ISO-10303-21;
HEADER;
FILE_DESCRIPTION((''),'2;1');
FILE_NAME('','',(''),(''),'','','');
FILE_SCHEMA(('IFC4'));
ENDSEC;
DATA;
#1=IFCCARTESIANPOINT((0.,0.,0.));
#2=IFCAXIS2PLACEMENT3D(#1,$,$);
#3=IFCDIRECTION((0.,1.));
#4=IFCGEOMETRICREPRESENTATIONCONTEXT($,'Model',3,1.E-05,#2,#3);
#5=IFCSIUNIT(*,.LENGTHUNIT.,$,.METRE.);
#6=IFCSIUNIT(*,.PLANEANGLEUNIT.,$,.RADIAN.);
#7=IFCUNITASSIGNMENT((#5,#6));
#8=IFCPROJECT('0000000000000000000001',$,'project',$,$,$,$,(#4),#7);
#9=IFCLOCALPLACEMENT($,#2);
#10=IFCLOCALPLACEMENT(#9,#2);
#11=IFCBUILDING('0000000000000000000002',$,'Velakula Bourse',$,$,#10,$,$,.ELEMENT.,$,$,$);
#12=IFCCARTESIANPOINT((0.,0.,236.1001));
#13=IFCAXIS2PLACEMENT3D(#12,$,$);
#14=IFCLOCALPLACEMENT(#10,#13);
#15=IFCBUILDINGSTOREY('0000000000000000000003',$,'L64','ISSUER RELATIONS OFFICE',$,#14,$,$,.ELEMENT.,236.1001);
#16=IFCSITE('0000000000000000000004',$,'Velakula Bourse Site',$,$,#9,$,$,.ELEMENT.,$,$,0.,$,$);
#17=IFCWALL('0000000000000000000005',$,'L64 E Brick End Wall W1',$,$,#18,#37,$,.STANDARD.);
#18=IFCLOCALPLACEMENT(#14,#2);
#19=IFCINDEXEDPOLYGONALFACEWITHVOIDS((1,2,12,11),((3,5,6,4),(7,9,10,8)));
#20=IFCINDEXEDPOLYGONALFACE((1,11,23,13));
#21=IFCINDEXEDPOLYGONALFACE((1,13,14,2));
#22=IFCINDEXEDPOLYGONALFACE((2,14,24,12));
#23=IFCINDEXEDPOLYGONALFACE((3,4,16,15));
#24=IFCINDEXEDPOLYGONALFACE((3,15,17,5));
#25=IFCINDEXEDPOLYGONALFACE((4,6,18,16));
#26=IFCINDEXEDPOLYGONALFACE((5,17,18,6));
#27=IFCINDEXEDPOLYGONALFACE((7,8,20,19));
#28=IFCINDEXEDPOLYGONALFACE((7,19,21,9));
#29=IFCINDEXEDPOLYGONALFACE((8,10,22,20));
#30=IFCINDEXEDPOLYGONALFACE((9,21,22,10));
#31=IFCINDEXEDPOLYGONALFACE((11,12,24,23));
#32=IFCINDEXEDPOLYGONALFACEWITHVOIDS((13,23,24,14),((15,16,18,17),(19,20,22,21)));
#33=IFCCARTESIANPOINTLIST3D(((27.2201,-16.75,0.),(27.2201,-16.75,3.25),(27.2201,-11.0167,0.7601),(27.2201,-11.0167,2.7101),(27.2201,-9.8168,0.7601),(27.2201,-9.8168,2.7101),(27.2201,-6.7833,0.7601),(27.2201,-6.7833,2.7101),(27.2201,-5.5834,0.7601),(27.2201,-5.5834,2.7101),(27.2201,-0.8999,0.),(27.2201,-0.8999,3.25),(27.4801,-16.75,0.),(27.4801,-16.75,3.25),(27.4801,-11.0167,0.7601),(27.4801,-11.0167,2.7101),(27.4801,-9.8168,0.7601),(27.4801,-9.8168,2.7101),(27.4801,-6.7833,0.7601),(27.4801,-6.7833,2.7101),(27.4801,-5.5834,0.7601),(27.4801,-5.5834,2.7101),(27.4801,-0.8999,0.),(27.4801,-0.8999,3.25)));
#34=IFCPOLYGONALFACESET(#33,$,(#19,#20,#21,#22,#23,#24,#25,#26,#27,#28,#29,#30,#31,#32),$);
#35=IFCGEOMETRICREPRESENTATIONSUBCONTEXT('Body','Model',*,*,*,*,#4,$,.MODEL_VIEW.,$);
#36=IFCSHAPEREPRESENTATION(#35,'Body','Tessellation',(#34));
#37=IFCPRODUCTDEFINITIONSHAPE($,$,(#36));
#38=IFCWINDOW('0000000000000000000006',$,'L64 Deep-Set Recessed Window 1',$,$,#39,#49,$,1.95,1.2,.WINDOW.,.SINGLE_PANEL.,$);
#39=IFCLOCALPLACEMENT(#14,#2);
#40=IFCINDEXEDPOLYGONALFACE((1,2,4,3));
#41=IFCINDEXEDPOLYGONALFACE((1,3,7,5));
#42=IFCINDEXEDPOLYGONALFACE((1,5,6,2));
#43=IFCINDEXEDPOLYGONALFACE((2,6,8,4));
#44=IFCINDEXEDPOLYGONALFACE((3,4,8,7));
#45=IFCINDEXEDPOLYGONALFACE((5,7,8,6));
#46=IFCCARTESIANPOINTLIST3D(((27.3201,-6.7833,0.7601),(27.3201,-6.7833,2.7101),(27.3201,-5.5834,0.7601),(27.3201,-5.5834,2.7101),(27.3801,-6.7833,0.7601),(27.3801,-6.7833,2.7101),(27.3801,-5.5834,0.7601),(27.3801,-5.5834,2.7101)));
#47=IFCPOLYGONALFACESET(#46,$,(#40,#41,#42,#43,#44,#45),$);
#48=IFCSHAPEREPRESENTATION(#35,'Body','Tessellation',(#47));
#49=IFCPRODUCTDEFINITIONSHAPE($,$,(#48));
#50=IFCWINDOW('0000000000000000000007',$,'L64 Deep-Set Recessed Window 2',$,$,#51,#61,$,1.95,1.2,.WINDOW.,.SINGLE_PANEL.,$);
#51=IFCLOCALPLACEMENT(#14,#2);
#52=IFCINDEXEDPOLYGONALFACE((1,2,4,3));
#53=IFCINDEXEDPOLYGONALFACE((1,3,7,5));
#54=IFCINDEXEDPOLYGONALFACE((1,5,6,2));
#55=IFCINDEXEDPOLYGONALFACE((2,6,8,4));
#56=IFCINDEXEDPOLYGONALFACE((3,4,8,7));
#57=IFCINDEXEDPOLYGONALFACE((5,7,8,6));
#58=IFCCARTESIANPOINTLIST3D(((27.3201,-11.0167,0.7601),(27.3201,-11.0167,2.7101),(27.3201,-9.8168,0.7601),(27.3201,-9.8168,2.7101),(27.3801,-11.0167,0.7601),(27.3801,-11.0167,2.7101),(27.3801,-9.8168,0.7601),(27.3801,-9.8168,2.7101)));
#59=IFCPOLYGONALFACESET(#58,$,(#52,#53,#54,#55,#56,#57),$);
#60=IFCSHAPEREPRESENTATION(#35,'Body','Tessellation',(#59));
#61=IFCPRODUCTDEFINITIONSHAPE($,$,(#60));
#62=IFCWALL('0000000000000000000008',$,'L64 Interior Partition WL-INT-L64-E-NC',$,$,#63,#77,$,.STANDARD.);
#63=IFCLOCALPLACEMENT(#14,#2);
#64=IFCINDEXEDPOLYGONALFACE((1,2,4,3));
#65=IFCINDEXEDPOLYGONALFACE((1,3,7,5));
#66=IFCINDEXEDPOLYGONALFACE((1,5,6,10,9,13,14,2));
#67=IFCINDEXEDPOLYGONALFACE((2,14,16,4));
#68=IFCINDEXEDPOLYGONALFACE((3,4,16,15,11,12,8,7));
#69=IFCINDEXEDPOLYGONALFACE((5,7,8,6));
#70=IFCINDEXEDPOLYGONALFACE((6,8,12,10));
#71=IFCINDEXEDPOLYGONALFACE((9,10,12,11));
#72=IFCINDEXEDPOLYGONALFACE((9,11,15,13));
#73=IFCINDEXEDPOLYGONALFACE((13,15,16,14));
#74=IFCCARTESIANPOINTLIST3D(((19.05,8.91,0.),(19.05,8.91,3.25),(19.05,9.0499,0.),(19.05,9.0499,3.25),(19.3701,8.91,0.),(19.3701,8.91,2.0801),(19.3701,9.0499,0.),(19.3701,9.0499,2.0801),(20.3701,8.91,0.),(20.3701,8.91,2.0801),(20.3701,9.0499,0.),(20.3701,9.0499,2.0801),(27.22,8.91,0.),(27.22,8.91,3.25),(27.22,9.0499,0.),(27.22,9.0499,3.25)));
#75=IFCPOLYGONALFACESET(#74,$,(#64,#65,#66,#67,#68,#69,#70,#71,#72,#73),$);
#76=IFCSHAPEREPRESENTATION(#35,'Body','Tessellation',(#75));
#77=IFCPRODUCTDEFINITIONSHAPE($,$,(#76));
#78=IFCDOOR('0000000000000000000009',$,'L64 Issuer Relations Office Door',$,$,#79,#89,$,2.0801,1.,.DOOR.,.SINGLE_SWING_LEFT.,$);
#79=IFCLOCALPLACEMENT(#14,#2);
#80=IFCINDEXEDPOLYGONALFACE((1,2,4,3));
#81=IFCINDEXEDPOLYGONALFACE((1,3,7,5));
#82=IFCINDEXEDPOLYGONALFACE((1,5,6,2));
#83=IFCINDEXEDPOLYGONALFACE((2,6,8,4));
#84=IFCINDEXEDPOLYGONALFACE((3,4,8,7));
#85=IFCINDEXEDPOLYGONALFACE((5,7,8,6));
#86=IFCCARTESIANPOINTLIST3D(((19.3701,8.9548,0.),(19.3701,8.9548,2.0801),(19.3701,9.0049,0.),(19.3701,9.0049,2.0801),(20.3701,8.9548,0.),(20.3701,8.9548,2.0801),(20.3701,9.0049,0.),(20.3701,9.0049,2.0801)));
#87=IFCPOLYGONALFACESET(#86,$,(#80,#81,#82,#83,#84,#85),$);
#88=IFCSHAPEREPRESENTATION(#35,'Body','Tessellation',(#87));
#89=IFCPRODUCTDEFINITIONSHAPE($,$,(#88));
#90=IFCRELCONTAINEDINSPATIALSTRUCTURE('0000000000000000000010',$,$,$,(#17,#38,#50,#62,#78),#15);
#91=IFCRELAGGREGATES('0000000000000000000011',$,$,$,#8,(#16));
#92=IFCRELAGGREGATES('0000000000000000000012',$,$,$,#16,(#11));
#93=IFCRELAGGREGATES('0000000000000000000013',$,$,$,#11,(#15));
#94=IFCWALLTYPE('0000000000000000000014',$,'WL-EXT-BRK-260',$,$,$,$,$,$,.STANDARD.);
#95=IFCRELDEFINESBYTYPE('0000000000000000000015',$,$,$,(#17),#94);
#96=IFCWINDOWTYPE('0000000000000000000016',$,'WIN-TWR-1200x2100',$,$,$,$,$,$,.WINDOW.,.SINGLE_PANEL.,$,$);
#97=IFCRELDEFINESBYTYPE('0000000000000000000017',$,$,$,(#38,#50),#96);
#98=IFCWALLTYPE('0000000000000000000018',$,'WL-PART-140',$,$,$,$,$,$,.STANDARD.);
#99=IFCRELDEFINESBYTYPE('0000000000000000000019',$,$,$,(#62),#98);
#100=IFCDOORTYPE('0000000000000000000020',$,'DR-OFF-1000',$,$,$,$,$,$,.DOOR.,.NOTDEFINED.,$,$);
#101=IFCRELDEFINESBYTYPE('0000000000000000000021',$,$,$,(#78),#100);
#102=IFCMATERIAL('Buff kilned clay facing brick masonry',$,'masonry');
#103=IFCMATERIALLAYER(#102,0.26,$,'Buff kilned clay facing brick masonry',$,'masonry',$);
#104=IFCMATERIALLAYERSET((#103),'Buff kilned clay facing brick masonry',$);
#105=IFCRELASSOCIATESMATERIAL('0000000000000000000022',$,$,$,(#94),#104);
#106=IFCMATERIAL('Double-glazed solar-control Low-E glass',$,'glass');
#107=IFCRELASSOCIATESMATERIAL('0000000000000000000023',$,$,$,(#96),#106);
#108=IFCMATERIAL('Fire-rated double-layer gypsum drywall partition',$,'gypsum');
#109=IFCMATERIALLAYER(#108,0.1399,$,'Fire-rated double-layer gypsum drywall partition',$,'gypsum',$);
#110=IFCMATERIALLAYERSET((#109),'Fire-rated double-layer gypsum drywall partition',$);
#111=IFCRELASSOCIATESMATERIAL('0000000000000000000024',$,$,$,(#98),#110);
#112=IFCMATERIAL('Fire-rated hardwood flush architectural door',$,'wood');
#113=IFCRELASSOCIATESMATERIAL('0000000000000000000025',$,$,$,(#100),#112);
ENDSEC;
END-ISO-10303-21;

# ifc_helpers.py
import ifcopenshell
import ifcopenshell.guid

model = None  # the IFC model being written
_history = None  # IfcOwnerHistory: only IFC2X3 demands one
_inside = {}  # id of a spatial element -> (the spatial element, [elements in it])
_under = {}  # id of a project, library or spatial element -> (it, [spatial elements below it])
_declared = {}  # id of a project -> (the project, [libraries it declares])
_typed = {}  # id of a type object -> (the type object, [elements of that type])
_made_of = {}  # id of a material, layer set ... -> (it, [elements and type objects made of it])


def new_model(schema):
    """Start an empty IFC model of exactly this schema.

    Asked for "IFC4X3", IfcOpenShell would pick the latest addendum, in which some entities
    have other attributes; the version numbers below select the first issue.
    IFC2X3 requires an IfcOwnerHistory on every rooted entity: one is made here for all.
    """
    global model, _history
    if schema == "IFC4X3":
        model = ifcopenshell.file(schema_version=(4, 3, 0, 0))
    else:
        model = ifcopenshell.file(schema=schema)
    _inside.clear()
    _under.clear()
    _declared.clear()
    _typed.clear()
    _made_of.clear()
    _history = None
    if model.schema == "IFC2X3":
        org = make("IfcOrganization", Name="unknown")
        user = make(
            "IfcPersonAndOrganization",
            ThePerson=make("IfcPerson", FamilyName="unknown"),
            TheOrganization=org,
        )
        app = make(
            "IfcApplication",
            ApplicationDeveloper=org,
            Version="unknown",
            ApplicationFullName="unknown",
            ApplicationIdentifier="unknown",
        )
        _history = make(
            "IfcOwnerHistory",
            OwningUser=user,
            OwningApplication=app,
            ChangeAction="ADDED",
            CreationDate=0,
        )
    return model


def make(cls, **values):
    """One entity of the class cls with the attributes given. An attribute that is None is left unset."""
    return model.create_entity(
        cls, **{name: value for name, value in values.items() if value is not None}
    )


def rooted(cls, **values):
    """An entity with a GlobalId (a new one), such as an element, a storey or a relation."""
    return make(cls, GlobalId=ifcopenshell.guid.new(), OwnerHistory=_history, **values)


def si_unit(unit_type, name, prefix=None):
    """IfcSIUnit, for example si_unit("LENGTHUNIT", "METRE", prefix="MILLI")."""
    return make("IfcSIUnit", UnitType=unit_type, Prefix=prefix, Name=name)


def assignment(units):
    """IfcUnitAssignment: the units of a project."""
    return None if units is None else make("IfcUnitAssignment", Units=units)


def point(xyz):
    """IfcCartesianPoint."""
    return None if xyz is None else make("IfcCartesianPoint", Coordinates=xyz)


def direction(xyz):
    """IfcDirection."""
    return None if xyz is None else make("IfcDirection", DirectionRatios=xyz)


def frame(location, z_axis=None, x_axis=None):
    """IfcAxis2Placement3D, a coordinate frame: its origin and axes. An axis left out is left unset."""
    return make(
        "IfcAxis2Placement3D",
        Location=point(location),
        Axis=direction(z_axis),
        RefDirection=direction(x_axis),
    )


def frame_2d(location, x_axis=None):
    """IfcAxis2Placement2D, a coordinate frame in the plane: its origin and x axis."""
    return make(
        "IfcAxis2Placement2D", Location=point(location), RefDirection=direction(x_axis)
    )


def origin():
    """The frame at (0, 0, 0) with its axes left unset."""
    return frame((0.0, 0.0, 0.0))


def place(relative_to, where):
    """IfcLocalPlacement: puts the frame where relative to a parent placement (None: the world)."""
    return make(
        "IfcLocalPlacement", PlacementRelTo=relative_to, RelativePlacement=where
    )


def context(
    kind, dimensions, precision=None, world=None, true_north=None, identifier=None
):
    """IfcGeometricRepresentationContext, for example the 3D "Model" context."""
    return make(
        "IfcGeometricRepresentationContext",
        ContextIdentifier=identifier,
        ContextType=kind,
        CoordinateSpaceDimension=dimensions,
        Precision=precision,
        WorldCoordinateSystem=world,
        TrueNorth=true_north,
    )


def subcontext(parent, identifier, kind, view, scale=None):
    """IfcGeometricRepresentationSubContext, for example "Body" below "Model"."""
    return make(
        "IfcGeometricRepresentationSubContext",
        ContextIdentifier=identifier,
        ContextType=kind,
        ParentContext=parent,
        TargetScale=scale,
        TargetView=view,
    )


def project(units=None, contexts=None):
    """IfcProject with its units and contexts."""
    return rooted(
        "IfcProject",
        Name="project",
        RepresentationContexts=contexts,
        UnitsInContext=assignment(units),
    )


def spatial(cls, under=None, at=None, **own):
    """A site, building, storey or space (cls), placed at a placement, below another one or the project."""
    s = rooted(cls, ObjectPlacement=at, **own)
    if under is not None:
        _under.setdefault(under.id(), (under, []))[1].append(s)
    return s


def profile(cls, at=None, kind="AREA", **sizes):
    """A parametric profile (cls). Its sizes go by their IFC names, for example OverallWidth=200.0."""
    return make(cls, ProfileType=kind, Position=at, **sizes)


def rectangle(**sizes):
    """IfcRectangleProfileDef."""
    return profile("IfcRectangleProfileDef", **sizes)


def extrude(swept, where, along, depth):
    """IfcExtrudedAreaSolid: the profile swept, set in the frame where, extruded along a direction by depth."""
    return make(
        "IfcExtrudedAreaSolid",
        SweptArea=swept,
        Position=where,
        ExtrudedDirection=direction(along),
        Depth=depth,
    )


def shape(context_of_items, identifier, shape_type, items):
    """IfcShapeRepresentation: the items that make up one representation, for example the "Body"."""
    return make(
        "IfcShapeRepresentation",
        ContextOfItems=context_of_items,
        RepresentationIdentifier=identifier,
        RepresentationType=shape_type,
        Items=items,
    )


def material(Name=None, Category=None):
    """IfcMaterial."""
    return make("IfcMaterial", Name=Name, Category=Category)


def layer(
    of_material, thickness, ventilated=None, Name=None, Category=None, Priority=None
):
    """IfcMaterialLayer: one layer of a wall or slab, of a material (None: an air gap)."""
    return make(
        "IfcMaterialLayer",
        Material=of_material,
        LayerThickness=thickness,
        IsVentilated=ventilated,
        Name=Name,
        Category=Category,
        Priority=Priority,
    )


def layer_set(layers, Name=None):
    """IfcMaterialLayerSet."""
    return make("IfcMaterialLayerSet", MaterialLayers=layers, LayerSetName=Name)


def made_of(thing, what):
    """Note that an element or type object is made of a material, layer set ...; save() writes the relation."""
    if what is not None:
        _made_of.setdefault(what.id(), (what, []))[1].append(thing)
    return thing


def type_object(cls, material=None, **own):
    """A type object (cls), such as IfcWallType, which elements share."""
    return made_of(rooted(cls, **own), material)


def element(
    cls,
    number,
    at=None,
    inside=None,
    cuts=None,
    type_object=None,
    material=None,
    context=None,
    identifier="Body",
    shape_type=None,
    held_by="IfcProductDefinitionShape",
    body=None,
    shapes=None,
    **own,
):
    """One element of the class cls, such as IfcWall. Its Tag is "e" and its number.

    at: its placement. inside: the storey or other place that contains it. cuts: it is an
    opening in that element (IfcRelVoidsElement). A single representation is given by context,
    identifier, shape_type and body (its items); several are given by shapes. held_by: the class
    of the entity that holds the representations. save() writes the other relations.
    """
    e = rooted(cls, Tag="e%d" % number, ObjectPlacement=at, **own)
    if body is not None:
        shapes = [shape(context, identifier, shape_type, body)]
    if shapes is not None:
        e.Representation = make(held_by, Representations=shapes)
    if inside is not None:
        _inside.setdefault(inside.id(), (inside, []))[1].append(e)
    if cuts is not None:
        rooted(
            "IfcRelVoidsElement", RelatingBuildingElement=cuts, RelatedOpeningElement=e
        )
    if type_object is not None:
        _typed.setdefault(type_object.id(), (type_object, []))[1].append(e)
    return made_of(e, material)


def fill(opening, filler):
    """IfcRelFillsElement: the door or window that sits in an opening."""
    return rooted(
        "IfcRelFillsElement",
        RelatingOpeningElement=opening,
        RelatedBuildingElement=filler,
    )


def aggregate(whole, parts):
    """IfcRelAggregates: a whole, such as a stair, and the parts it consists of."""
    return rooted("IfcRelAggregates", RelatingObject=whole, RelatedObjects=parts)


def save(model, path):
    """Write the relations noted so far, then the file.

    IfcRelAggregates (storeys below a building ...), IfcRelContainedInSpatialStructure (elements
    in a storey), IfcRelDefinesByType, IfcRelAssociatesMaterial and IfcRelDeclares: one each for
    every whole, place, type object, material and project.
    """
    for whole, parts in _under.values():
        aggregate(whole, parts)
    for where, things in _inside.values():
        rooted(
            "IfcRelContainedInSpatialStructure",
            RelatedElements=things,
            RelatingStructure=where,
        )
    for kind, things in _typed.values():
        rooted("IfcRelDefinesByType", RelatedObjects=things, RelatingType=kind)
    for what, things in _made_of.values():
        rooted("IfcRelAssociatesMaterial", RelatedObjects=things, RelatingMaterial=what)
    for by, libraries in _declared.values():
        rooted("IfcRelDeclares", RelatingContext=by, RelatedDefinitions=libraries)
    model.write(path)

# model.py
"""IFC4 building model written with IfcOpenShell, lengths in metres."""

from ifc_helpers import new_model, si_unit, direction, frame, frame_2d, origin, place, context, subcontext, project, spatial, rectangle, extrude, material, layer, layer_set, type_object, element, fill, save


model = new_model("IFC4")

# Units and contexts
model_context = context("Model", 3, precision=1e-05, world=origin(), true_north=direction((0.0, 1.0)))
body_context = subcontext(model_context, "Body", "Model", "MODEL_VIEW")
ifc_project = project(units=[si_unit("LENGTHUNIT", "METRE"), si_unit("PLANEANGLEUNIT", "RADIAN")], contexts=[model_context])

# Site, building, storey
site_placement = place(None, origin())
site = spatial("IfcSite", under=ifc_project, at=site_placement, Name="Velakula Bourse Site", CompositionType="ELEMENT", RefElevation=0.0)
building_placement = place(site_placement, origin())
building = spatial("IfcBuilding", under=site, at=building_placement, Name="Velakula Bourse", CompositionType="ELEMENT")
storey_placement = place(building_placement, frame((0.0, 0.0, 236.1001)))
storey = spatial("IfcBuildingStorey", under=building, at=storey_placement, Name="L64", Description="ISSUER RELATIONS OFFICE", CompositionType="ELEMENT", Elevation=236.1001)

# Wall, openings, windows
ifc_material_1 = material(Name="Buff kilned clay facing brick masonry", Category="masonry")
ifc_layer_1 = layer(ifc_material_1, 0.26, Name="Buff kilned clay facing brick masonry", Category="masonry")
ifc_layer_set_1 = layer_set([ifc_layer_1], Name="Buff kilned clay facing brick masonry")
wall_type_1 = type_object("IfcWallType", Name="WL-EXT-BRK-260", PredefinedType="STANDARD", material=ifc_layer_set_1)
wall_1_placement = place(storey_placement, frame((27.3501, -0.8999, 0.0), z_axis=(0.0, 0.0, 1.0), x_axis=(0.0, -1.0, 0.0)))
wall_1 = element("IfcWall", 1, at=wall_1_placement, inside=storey, type_object=wall_type_1, Name="L64 E Brick End Wall W1", PredefinedType="STANDARD", context=body_context, shape_type="SweptSolid", body=[
    extrude(rectangle(XDim=15.8501, YDim=0.26, at=frame_2d((7.925, 0.0))), origin(), (0.0, 0.0, 1.0), 3.25),
])
opening_1_placement = place(wall_1_placement, frame((4.6833, 0.0, 0.76)))
opening_1 = element("IfcOpeningElement", 2, at=opening_1_placement, cuts=wall_1, PredefinedType="OPENING", context=body_context, shape_type="SweptSolid", body=[
    extrude(rectangle(XDim=1.2, YDim=1.95, at=frame_2d((0.6001, 0.9751))), frame((0.0, 0.1399, 0.0), z_axis=(0.0, -1.0, 0.0), x_axis=(1.0, 0.0, 0.0)), (0.0, 0.0, 1.0), 0.28),
])
opening_2_placement = place(wall_1_placement, frame((8.9167, 0.0, 0.76)))
opening_2 = element("IfcOpeningElement", 3, at=opening_2_placement, cuts=wall_1, PredefinedType="OPENING", context=body_context, shape_type="SweptSolid", body=[
    extrude(rectangle(XDim=1.2, YDim=1.95, at=frame_2d((0.6001, 0.9751))), frame((0.0, 0.1399, 0.0), z_axis=(0.0, -1.0, 0.0), x_axis=(1.0, 0.0, 0.0)), (0.0, 0.0, 1.0), 0.28),
])
ifc_material_2 = material(Name="Double-glazed solar-control Low-E glass", Category="glass")
window_type = type_object("IfcWindowType", Name="WIN-TWR-1200x2100", PartitioningType="SINGLE_PANEL", PredefinedType="WINDOW", material=ifc_material_2)
window_1_placement = place(opening_1_placement, origin())
window_1 = element("IfcWindow", 4, at=window_1_placement, inside=storey, type_object=window_type, Name="L64 Deep-Set Recessed Window 1", OverallHeight=1.95, OverallWidth=1.2, PartitioningType="SINGLE_PANEL", PredefinedType="WINDOW", context=body_context, shape_type="SweptSolid", body=[
    extrude(rectangle(XDim=1.2, YDim=1.95, at=frame_2d((0.6001, 0.9751))), frame((0.0, 0.03, 0.0), z_axis=(0.0, -1.0, 0.0), x_axis=(1.0, 0.0, 0.0)), (0.0, 0.0, 1.0), 0.0601),
])
fill(opening_1, window_1)
window_2_placement = place(opening_2_placement, origin())
window_2 = element("IfcWindow", 5, at=window_2_placement, inside=storey, type_object=window_type, Name="L64 Deep-Set Recessed Window 2", OverallHeight=1.95, OverallWidth=1.2, PartitioningType="SINGLE_PANEL", PredefinedType="WINDOW", context=body_context, shape_type="SweptSolid", body=[
    extrude(rectangle(XDim=1.2, YDim=1.95, at=frame_2d((0.6001, 0.9751))), frame((0.0, 0.03, 0.0), z_axis=(0.0, -1.0, 0.0), x_axis=(1.0, 0.0, 0.0)), (0.0, 0.0, 1.0), 0.0601),
])
fill(opening_2, window_2)

# Wall, opening, door
ifc_material_3 = material(Name="Fire-rated double-layer gypsum drywall partition", Category="gypsum")
ifc_layer_2 = layer(ifc_material_3, 0.1399, Name="Fire-rated double-layer gypsum drywall partition", Category="gypsum")
ifc_layer_set_2 = layer_set([ifc_layer_2], Name="Fire-rated double-layer gypsum drywall partition")
wall_type_2 = type_object("IfcWallType", Name="WL-PART-140", PredefinedType="STANDARD", material=ifc_layer_set_2)
wall_2_placement = place(storey_placement, frame((19.05, 8.98, 0.0), z_axis=(0.0, 0.0, 1.0), x_axis=(1.0, 0.0, 0.0)))
wall_2 = element("IfcWall", 6, at=wall_2_placement, inside=storey, type_object=wall_type_2, Name="L64 Interior Partition WL-INT-L64-E-NC", PredefinedType="STANDARD", context=body_context, shape_type="SweptSolid", body=[
    extrude(rectangle(XDim=8.1699, YDim=0.1399, at=frame_2d((4.085, 0.0))), origin(), (0.0, 0.0, 1.0), 3.25),
])
opening_3_placement = place(wall_2_placement, frame((0.3201, 0.0, 0.0)))
opening_3 = element("IfcOpeningElement", 7, at=opening_3_placement, cuts=wall_2, PredefinedType="OPENING", context=body_context, shape_type="SweptSolid", body=[
    extrude(rectangle(XDim=1.0, YDim=2.0801, at=frame_2d((0.5, 1.04))), frame((0.0, 0.0798, 0.0), z_axis=(0.0, -1.0, 0.0), x_axis=(1.0, 0.0, 0.0)), (0.0, 0.0, 1.0), 0.1599),
])
ifc_material_4 = material(Name="Fire-rated hardwood flush architectural door", Category="wood")
door_type = type_object("IfcDoorType", Name="DR-OFF-1000", OperationType="NOTDEFINED", PredefinedType="DOOR", material=ifc_material_4)
door_placement = place(opening_3_placement, origin())
door = element("IfcDoor", 8, at=door_placement, inside=storey, type_object=door_type, Name="L64 Issuer Relations Office Door", OperationType="SINGLE_SWING_LEFT", OverallHeight=2.0801, OverallWidth=1.0, PredefinedType="DOOR", context=body_context, shape_type="SweptSolid", body=[
    extrude(rectangle(XDim=1.0, YDim=2.0801, at=frame_2d((0.5, 1.04))), frame((0.0, 0.0249, 0.0), z_axis=(0.0, -1.0, 0.0), x_axis=(1.0, 0.0, 0.0)), (0.0, 0.0, 1.0), 0.05),
])
fill(opening_3, door)

save(model, "model.ifc")
